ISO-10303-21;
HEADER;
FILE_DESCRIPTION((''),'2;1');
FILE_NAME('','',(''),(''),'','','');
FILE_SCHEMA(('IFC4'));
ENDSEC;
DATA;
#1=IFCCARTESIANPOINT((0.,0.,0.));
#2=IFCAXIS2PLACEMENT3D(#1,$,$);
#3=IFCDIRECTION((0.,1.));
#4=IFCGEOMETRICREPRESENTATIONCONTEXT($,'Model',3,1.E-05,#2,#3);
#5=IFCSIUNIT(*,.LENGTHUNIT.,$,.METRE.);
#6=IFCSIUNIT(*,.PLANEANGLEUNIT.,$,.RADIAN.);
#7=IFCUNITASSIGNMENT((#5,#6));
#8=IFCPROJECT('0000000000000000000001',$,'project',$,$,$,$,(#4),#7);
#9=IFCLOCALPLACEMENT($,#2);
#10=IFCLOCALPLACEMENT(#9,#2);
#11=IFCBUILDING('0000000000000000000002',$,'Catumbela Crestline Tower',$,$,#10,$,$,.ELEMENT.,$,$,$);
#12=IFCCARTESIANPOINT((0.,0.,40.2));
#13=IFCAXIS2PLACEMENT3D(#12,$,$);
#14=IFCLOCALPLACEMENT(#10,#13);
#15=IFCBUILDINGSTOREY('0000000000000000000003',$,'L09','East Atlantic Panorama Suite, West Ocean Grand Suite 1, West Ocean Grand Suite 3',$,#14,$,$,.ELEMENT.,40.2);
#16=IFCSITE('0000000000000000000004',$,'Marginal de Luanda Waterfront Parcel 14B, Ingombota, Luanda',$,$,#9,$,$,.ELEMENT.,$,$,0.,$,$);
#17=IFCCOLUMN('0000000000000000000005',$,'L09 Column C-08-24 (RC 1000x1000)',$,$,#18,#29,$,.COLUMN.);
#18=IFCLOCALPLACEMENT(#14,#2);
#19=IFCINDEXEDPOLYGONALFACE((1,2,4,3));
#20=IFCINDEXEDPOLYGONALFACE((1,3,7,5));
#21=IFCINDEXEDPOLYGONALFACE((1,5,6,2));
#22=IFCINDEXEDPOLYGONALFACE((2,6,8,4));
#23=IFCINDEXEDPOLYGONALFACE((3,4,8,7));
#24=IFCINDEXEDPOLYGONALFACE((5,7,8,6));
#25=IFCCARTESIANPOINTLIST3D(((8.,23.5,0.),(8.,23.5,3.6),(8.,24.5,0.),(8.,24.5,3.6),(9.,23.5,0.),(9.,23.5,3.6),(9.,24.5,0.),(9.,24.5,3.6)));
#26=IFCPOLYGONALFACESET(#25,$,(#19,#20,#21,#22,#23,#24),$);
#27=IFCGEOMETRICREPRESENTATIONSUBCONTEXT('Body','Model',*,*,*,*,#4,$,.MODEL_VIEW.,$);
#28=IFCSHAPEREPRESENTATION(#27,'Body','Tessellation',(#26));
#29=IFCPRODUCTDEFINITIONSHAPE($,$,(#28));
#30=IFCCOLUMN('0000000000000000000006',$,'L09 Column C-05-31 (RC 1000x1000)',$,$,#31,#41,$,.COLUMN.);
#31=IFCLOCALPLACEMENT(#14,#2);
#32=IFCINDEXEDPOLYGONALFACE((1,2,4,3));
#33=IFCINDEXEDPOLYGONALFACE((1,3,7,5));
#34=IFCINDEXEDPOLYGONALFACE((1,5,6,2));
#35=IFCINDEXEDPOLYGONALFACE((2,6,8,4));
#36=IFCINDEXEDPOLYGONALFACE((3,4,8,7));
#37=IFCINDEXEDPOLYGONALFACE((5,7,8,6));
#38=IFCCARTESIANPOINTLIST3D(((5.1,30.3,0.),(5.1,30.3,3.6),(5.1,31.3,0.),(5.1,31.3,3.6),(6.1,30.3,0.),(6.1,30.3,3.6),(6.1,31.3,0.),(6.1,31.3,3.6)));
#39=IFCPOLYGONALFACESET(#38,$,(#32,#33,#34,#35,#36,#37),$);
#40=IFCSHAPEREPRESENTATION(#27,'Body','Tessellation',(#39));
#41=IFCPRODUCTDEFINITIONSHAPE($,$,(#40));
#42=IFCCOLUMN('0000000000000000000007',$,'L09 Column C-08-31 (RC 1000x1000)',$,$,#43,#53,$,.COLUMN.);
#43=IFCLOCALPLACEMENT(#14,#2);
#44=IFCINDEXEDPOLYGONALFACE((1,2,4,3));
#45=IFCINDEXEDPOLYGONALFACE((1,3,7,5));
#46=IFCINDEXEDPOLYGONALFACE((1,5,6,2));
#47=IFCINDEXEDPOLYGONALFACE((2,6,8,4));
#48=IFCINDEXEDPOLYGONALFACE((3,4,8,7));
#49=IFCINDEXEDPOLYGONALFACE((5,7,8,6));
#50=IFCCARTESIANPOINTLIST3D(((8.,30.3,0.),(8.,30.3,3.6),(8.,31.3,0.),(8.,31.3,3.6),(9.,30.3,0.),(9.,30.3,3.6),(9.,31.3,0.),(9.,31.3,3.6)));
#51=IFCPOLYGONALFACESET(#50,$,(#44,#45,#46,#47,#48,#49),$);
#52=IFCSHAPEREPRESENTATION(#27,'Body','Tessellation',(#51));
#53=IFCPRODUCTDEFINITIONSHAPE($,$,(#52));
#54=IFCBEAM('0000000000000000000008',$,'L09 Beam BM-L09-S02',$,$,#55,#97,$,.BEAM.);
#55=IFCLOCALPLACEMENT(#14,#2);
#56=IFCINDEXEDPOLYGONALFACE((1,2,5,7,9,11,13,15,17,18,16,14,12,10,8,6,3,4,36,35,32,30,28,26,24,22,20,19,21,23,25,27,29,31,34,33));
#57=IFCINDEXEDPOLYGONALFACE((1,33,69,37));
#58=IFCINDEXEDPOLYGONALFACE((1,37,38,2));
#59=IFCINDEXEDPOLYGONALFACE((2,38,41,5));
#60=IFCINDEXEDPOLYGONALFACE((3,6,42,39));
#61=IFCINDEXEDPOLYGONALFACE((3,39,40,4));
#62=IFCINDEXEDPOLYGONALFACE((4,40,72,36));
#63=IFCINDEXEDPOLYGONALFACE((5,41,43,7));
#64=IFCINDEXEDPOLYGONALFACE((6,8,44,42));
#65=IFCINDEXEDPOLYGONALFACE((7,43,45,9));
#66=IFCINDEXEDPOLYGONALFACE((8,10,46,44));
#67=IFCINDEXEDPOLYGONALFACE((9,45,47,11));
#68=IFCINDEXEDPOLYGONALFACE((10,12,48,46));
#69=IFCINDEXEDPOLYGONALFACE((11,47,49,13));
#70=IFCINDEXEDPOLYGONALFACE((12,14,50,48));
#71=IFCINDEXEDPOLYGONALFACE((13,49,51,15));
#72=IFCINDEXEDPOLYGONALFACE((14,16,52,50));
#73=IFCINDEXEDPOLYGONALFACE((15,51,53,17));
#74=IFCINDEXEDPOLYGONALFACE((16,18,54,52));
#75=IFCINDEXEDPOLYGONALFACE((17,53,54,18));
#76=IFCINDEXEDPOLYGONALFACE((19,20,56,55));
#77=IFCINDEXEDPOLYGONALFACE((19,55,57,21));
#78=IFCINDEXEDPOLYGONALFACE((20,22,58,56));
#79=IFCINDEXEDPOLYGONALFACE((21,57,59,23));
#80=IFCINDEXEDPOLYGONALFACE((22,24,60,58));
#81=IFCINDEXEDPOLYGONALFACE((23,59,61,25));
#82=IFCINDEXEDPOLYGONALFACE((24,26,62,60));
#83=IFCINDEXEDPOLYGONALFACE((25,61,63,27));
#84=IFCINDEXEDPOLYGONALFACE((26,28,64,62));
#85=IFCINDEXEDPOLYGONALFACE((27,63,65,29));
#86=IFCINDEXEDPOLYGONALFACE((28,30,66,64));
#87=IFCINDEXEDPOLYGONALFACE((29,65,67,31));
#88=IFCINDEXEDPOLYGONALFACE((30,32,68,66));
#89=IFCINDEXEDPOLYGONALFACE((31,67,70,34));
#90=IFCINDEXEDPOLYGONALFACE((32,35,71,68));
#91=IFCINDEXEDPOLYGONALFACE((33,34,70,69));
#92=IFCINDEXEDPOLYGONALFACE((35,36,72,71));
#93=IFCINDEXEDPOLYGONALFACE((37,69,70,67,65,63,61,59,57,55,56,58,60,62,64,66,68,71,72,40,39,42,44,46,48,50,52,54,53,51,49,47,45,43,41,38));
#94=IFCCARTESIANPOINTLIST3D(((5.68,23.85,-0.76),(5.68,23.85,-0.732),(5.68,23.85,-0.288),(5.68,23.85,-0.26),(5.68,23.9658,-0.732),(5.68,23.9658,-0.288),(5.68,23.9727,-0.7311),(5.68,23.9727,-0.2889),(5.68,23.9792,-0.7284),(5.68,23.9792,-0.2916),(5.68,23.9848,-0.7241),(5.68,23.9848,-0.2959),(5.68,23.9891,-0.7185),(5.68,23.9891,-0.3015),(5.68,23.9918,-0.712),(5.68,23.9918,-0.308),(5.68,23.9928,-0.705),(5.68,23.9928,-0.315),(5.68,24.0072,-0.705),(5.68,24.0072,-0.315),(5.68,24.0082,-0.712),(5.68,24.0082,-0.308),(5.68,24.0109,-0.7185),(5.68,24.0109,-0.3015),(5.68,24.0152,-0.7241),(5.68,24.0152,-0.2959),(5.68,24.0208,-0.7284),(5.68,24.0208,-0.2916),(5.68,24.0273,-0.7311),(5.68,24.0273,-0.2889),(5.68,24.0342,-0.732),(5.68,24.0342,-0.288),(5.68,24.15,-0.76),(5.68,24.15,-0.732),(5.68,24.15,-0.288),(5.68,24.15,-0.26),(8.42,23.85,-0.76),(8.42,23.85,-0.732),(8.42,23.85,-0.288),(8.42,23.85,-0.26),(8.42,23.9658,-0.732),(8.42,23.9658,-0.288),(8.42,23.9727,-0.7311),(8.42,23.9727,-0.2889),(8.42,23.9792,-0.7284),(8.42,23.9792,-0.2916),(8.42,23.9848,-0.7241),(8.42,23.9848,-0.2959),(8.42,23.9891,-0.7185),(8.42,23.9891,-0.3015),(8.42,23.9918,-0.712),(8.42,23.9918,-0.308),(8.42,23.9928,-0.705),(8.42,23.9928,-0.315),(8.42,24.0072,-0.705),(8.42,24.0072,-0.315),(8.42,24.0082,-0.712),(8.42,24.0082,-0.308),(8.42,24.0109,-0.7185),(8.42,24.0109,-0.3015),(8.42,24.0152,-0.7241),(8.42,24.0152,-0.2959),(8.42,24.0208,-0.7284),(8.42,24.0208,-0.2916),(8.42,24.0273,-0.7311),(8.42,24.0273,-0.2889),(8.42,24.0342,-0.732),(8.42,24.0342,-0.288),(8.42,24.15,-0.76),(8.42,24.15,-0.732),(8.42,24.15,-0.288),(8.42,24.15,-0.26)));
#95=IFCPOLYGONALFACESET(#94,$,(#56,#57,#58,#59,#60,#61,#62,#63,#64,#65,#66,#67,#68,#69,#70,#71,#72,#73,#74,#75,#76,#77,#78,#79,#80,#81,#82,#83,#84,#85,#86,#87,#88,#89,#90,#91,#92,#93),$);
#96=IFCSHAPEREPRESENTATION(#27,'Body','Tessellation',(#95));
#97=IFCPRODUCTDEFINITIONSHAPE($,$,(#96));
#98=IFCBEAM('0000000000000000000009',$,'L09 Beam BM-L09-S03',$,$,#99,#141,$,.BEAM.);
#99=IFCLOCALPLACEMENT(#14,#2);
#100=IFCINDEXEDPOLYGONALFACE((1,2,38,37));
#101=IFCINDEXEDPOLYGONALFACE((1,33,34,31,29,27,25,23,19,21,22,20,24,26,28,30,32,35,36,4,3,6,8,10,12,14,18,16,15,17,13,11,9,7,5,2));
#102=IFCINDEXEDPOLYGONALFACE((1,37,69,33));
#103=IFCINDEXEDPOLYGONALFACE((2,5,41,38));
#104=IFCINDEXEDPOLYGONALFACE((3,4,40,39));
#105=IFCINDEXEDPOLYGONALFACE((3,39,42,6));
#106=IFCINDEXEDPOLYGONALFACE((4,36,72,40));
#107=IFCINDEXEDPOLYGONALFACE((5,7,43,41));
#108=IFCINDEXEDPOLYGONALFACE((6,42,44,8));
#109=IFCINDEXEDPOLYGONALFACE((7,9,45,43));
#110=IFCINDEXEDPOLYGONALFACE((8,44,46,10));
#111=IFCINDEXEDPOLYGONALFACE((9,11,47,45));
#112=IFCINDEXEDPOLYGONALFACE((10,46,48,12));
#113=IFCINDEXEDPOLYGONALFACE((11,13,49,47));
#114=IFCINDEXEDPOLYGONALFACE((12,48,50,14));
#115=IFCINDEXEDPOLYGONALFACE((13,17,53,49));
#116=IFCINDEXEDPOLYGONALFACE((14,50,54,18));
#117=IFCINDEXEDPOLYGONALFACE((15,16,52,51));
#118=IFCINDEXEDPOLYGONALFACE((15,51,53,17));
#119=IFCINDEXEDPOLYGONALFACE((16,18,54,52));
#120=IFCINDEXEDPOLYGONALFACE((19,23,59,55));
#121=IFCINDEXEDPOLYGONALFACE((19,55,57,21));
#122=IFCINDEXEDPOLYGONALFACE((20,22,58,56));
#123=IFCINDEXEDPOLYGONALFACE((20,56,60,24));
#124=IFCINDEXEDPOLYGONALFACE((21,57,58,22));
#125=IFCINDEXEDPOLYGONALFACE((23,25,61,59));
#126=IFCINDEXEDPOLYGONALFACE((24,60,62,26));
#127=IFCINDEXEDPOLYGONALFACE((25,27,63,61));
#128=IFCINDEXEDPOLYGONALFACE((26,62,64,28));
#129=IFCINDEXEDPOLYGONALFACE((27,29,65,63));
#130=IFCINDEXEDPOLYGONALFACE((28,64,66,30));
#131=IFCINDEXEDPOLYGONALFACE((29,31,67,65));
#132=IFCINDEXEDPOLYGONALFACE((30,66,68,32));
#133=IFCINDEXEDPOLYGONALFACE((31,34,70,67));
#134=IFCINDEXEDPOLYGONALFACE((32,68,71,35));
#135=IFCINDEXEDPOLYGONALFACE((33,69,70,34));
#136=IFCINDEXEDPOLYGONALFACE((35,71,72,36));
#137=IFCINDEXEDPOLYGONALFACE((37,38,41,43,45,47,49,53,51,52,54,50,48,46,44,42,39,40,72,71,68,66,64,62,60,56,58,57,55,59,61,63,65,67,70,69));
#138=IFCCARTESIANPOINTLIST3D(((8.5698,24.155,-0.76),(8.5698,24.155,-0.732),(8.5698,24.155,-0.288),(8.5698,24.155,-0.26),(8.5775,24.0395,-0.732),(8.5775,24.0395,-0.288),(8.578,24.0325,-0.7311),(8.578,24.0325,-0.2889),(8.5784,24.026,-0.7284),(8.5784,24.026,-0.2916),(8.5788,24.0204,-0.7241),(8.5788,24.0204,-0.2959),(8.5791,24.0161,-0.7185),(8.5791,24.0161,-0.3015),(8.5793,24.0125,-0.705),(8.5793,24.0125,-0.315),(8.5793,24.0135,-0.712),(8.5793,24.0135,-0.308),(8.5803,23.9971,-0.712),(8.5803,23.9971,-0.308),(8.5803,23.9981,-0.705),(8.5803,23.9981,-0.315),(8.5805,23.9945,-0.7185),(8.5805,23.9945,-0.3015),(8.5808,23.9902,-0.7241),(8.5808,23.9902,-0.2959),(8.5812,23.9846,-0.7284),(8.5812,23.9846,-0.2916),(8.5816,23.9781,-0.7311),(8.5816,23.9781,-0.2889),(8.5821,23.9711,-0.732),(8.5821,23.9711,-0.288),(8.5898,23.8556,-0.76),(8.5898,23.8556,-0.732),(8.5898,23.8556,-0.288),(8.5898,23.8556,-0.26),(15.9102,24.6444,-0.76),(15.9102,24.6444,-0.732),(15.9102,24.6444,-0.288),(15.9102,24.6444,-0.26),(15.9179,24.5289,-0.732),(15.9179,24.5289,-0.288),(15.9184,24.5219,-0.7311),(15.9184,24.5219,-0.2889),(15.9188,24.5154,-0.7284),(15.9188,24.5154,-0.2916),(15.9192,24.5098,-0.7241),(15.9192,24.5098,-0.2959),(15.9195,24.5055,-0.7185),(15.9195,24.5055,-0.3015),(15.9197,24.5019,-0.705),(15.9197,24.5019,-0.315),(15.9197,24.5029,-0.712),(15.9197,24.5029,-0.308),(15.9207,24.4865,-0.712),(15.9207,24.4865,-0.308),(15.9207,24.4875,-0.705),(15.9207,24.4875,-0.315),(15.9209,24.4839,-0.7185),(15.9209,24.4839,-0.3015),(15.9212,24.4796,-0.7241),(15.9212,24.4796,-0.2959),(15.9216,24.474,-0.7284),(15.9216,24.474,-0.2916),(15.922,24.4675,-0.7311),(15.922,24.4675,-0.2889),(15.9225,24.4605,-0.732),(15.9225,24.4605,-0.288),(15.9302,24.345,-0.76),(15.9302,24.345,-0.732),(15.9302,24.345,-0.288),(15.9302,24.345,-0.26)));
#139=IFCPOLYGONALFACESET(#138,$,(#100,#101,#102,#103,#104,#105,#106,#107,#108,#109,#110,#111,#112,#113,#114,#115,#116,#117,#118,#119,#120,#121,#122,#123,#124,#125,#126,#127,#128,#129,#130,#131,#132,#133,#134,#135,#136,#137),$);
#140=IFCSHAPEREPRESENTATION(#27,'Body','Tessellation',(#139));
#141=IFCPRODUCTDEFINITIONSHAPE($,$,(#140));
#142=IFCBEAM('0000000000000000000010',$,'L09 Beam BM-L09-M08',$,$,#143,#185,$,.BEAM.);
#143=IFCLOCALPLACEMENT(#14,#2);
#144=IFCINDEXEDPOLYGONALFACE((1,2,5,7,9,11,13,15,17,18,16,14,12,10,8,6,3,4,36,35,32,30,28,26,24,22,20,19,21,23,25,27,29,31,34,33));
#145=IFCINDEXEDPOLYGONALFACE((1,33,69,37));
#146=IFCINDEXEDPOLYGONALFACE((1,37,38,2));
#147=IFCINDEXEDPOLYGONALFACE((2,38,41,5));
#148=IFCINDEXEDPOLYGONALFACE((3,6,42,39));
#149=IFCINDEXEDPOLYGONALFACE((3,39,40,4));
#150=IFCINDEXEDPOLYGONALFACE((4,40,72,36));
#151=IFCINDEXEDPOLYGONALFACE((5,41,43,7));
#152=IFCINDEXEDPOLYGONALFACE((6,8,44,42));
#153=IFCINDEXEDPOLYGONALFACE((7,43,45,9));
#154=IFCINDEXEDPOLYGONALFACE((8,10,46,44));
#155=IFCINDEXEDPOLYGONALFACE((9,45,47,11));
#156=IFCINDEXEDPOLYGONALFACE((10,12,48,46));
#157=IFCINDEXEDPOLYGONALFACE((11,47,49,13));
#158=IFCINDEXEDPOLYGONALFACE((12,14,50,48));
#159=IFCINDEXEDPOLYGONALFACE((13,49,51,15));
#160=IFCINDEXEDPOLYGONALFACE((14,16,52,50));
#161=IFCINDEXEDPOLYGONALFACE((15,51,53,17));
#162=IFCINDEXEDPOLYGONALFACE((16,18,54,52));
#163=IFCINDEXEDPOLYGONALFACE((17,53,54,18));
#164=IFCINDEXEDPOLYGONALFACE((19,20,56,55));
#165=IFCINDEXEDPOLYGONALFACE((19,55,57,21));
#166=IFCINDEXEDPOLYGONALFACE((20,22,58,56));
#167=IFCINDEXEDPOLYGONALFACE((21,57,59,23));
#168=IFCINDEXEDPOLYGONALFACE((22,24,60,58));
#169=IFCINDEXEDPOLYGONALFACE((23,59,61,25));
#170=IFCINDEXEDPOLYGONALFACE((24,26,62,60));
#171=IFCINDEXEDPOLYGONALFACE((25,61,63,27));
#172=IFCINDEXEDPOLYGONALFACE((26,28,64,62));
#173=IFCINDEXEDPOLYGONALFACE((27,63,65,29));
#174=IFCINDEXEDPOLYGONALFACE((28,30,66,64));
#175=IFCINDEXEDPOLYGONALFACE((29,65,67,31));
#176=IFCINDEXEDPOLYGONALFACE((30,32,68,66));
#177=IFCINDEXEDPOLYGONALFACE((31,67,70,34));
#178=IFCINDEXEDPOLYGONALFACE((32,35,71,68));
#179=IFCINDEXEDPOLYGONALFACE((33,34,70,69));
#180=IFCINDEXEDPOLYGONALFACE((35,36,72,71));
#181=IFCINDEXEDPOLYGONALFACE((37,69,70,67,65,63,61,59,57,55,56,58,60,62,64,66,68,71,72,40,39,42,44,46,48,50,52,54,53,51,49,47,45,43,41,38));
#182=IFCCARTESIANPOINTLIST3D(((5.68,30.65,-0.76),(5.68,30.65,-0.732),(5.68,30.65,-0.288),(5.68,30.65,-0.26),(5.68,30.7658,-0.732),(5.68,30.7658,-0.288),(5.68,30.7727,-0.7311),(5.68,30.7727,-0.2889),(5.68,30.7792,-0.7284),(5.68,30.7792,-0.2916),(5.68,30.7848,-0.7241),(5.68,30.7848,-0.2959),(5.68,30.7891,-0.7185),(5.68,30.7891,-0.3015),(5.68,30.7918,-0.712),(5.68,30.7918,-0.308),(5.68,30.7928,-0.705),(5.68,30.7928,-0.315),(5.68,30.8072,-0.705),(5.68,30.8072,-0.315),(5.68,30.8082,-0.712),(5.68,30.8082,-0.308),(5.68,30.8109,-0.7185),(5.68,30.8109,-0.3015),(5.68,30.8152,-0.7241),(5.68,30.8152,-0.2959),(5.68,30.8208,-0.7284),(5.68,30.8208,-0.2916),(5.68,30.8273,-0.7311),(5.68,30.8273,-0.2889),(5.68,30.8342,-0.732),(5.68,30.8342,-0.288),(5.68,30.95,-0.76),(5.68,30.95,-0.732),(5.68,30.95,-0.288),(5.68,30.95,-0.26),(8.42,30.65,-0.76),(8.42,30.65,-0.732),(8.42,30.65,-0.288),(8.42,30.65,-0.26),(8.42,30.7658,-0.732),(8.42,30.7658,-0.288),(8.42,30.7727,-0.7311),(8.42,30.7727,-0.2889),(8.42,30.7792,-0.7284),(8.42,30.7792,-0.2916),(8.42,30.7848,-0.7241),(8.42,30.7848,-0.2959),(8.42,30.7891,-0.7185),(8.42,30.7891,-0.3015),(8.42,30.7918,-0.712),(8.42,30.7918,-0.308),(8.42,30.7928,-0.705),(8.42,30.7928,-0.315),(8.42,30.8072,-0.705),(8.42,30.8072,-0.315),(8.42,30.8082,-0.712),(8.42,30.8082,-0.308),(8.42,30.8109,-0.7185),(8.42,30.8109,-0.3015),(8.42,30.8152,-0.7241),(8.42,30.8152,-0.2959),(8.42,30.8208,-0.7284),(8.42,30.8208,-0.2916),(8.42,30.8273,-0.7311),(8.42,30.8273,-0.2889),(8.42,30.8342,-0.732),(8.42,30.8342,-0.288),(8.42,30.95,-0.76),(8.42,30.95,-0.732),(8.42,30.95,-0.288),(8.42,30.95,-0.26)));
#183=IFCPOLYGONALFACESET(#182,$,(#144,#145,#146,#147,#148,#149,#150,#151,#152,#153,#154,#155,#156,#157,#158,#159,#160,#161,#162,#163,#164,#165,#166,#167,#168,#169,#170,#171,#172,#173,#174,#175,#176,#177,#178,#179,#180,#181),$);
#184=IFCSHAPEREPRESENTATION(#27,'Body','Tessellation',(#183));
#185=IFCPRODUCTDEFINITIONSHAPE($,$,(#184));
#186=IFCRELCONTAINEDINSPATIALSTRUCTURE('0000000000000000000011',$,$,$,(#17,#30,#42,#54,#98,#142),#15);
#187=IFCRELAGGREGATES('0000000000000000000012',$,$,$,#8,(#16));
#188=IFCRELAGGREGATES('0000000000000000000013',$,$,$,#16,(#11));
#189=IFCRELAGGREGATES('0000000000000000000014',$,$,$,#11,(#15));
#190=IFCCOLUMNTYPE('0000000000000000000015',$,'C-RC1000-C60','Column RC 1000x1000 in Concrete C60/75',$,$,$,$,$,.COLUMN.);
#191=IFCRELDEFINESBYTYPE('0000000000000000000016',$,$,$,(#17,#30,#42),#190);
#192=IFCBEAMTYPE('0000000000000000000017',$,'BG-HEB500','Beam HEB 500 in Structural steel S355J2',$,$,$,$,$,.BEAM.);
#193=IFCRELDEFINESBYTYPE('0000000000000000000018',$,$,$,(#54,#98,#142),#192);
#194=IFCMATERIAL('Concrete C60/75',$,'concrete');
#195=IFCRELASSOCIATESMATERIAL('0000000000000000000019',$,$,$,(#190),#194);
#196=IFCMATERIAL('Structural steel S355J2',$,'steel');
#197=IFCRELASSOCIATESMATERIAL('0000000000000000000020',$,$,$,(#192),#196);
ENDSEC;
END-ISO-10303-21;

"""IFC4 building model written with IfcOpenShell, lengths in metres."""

from ifc_helpers import new_model, si_unit, direction, frame, origin, origin_2d, place, context, subcontext, project, spatial, rectangle, i_section, extrude, material, material_profile, profile_set, type_object, element, save


model = new_model("IFC4")

# Units and contexts
model_context = context("Model", 3, precision=1e-05, world=origin(), true_north=direction((0.0, 1.0)))
body_context = subcontext(model_context, "Body", "Model", "MODEL_VIEW")
ifc_project = project(units=[si_unit("LENGTHUNIT", "METRE"), si_unit("PLANEANGLEUNIT", "RADIAN")], contexts=[model_context])

# Site, building, storey
site_placement = place(None, origin())
site = spatial("IfcSite", under=ifc_project, at=site_placement, Name="Marginal de Luanda Waterfront Parcel 14B, Ingombota, Luanda", CompositionType="ELEMENT", RefElevation=0.0)
building_placement = place(site_placement, origin())
building = spatial("IfcBuilding", under=site, at=building_placement, Name="Catumbela Crestline Tower", CompositionType="ELEMENT")
storey_placement = place(building_placement, frame((0.0, 0.0, 40.2)))
storey = spatial("IfcBuildingStorey", under=building, at=storey_placement, Name="L09", Description="East Atlantic Panorama Suite, West Ocean Grand Suite 1, West Ocean Grand Suite 3", CompositionType="ELEMENT", Elevation=40.2)

# Columns
ifc_material_1 = material(Name="Concrete C60/75", Category="concrete")
ifc_material_profile_1 = material_profile(ifc_material_1, rectangle(XDim=1.0, YDim=1.0, at=origin_2d()), Name="RC 1000x1000")
ifc_profile_set_1 = profile_set([ifc_material_profile_1], Name="Concrete C60/75")
column_type = type_object("IfcColumnType", Name="C-RC1000-C60", Description="Column RC 1000x1000 in Concrete C60/75", PredefinedType="COLUMN", material=ifc_profile_set_1)
for number, where, z_axis, x_axis, name in (
    (1, (8.5, 24.0, 0.0), (0.0, 0.0, 1.0), (1.0, 0.0, 0.0), "L09 Column C-08-24 (RC 1000x1000)"),
    (2, (5.6, 30.8, 0.0), (0.0, 0.0, 1.0), (1.0, 0.0, 0.0), "L09 Column C-05-31 (RC 1000x1000)"),
    (3, (8.5, 30.8, 0.0), (0.0, 0.0, 1.0), (1.0, 0.0, 0.0), "L09 Column C-08-31 (RC 1000x1000)"),
):
    element("IfcColumn", number, at=place(storey_placement, frame(where, z_axis=z_axis, x_axis=x_axis)), inside=storey, type_object=column_type, Name=name, PredefinedType="COLUMN", context=body_context, shape_type="SweptSolid", body=[
        extrude(rectangle(XDim=1.0, YDim=1.0, at=origin_2d()), origin(), (0.0, 0.0, 1.0), 3.6),
    ])

# Beams
ifc_material_2 = material(Name="Structural steel S355J2", Category="steel")
ifc_material_profile_2 = material_profile(ifc_material_2, i_section(OverallWidth=0.3, OverallDepth=0.5, WebThickness=0.0145, FlangeThickness=0.028, FilletRadius=0.027, at=origin_2d()), Name="HEB 500")
ifc_profile_set_2 = profile_set([ifc_material_profile_2], Name="Structural steel S355J2")
beam_type = type_object("IfcBeamType", Name="BG-HEB500", Description="Beam HEB 500 in Structural steel S355J2", PredefinedType="BEAM", material=ifc_profile_set_2)
beam_1_placement = place(storey_placement, frame((5.68, 24.0, -0.51), z_axis=(1.0, 0.0, 0.0), x_axis=(0.0, 1.0, 0.0)))
element("IfcBeam", 4, at=beam_1_placement, inside=storey, type_object=beam_type, Name="L09 Beam BM-L09-S02", PredefinedType="BEAM", context=body_context, shape_type="SweptSolid", body=[
    extrude(i_section(OverallWidth=0.3, OverallDepth=0.5, WebThickness=0.0145, FlangeThickness=0.028, FilletRadius=0.027, at=origin_2d()), origin(), (0.0, 0.0, 1.0), 2.74),
])
beam_2_placement = place(storey_placement, frame((8.5798, 24.0053, -0.51), z_axis=(0.997785, 0.066524, 0.0), x_axis=(-0.066524, 0.997785, 0.0)))
element("IfcBeam", 5, at=beam_2_placement, inside=storey, type_object=beam_type, Name="L09 Beam BM-L09-S03", PredefinedType="BEAM", context=body_context, shape_type="SweptSolid", body=[
    extrude(i_section(OverallWidth=0.3, OverallDepth=0.5, WebThickness=0.0145, FlangeThickness=0.028, FilletRadius=0.027, at=origin_2d()), origin(), (0.0, 0.0, 1.0), 7.3567),
])
beam_3_placement = place(storey_placement, frame((5.68, 30.8, -0.51), z_axis=(1.0, 0.0, 0.0), x_axis=(0.0, 1.0, 0.0)))
element("IfcBeam", 6, at=beam_3_placement, inside=storey, type_object=beam_type, Name="L09 Beam BM-L09-M08", PredefinedType="BEAM", context=body_context, shape_type="SweptSolid", body=[
    extrude(i_section(OverallWidth=0.3, OverallDepth=0.5, WebThickness=0.0145, FlangeThickness=0.028, FilletRadius=0.027, at=origin_2d()), origin(), (0.0, 0.0, 1.0), 2.74),
])

save(model, "model.ifc")
